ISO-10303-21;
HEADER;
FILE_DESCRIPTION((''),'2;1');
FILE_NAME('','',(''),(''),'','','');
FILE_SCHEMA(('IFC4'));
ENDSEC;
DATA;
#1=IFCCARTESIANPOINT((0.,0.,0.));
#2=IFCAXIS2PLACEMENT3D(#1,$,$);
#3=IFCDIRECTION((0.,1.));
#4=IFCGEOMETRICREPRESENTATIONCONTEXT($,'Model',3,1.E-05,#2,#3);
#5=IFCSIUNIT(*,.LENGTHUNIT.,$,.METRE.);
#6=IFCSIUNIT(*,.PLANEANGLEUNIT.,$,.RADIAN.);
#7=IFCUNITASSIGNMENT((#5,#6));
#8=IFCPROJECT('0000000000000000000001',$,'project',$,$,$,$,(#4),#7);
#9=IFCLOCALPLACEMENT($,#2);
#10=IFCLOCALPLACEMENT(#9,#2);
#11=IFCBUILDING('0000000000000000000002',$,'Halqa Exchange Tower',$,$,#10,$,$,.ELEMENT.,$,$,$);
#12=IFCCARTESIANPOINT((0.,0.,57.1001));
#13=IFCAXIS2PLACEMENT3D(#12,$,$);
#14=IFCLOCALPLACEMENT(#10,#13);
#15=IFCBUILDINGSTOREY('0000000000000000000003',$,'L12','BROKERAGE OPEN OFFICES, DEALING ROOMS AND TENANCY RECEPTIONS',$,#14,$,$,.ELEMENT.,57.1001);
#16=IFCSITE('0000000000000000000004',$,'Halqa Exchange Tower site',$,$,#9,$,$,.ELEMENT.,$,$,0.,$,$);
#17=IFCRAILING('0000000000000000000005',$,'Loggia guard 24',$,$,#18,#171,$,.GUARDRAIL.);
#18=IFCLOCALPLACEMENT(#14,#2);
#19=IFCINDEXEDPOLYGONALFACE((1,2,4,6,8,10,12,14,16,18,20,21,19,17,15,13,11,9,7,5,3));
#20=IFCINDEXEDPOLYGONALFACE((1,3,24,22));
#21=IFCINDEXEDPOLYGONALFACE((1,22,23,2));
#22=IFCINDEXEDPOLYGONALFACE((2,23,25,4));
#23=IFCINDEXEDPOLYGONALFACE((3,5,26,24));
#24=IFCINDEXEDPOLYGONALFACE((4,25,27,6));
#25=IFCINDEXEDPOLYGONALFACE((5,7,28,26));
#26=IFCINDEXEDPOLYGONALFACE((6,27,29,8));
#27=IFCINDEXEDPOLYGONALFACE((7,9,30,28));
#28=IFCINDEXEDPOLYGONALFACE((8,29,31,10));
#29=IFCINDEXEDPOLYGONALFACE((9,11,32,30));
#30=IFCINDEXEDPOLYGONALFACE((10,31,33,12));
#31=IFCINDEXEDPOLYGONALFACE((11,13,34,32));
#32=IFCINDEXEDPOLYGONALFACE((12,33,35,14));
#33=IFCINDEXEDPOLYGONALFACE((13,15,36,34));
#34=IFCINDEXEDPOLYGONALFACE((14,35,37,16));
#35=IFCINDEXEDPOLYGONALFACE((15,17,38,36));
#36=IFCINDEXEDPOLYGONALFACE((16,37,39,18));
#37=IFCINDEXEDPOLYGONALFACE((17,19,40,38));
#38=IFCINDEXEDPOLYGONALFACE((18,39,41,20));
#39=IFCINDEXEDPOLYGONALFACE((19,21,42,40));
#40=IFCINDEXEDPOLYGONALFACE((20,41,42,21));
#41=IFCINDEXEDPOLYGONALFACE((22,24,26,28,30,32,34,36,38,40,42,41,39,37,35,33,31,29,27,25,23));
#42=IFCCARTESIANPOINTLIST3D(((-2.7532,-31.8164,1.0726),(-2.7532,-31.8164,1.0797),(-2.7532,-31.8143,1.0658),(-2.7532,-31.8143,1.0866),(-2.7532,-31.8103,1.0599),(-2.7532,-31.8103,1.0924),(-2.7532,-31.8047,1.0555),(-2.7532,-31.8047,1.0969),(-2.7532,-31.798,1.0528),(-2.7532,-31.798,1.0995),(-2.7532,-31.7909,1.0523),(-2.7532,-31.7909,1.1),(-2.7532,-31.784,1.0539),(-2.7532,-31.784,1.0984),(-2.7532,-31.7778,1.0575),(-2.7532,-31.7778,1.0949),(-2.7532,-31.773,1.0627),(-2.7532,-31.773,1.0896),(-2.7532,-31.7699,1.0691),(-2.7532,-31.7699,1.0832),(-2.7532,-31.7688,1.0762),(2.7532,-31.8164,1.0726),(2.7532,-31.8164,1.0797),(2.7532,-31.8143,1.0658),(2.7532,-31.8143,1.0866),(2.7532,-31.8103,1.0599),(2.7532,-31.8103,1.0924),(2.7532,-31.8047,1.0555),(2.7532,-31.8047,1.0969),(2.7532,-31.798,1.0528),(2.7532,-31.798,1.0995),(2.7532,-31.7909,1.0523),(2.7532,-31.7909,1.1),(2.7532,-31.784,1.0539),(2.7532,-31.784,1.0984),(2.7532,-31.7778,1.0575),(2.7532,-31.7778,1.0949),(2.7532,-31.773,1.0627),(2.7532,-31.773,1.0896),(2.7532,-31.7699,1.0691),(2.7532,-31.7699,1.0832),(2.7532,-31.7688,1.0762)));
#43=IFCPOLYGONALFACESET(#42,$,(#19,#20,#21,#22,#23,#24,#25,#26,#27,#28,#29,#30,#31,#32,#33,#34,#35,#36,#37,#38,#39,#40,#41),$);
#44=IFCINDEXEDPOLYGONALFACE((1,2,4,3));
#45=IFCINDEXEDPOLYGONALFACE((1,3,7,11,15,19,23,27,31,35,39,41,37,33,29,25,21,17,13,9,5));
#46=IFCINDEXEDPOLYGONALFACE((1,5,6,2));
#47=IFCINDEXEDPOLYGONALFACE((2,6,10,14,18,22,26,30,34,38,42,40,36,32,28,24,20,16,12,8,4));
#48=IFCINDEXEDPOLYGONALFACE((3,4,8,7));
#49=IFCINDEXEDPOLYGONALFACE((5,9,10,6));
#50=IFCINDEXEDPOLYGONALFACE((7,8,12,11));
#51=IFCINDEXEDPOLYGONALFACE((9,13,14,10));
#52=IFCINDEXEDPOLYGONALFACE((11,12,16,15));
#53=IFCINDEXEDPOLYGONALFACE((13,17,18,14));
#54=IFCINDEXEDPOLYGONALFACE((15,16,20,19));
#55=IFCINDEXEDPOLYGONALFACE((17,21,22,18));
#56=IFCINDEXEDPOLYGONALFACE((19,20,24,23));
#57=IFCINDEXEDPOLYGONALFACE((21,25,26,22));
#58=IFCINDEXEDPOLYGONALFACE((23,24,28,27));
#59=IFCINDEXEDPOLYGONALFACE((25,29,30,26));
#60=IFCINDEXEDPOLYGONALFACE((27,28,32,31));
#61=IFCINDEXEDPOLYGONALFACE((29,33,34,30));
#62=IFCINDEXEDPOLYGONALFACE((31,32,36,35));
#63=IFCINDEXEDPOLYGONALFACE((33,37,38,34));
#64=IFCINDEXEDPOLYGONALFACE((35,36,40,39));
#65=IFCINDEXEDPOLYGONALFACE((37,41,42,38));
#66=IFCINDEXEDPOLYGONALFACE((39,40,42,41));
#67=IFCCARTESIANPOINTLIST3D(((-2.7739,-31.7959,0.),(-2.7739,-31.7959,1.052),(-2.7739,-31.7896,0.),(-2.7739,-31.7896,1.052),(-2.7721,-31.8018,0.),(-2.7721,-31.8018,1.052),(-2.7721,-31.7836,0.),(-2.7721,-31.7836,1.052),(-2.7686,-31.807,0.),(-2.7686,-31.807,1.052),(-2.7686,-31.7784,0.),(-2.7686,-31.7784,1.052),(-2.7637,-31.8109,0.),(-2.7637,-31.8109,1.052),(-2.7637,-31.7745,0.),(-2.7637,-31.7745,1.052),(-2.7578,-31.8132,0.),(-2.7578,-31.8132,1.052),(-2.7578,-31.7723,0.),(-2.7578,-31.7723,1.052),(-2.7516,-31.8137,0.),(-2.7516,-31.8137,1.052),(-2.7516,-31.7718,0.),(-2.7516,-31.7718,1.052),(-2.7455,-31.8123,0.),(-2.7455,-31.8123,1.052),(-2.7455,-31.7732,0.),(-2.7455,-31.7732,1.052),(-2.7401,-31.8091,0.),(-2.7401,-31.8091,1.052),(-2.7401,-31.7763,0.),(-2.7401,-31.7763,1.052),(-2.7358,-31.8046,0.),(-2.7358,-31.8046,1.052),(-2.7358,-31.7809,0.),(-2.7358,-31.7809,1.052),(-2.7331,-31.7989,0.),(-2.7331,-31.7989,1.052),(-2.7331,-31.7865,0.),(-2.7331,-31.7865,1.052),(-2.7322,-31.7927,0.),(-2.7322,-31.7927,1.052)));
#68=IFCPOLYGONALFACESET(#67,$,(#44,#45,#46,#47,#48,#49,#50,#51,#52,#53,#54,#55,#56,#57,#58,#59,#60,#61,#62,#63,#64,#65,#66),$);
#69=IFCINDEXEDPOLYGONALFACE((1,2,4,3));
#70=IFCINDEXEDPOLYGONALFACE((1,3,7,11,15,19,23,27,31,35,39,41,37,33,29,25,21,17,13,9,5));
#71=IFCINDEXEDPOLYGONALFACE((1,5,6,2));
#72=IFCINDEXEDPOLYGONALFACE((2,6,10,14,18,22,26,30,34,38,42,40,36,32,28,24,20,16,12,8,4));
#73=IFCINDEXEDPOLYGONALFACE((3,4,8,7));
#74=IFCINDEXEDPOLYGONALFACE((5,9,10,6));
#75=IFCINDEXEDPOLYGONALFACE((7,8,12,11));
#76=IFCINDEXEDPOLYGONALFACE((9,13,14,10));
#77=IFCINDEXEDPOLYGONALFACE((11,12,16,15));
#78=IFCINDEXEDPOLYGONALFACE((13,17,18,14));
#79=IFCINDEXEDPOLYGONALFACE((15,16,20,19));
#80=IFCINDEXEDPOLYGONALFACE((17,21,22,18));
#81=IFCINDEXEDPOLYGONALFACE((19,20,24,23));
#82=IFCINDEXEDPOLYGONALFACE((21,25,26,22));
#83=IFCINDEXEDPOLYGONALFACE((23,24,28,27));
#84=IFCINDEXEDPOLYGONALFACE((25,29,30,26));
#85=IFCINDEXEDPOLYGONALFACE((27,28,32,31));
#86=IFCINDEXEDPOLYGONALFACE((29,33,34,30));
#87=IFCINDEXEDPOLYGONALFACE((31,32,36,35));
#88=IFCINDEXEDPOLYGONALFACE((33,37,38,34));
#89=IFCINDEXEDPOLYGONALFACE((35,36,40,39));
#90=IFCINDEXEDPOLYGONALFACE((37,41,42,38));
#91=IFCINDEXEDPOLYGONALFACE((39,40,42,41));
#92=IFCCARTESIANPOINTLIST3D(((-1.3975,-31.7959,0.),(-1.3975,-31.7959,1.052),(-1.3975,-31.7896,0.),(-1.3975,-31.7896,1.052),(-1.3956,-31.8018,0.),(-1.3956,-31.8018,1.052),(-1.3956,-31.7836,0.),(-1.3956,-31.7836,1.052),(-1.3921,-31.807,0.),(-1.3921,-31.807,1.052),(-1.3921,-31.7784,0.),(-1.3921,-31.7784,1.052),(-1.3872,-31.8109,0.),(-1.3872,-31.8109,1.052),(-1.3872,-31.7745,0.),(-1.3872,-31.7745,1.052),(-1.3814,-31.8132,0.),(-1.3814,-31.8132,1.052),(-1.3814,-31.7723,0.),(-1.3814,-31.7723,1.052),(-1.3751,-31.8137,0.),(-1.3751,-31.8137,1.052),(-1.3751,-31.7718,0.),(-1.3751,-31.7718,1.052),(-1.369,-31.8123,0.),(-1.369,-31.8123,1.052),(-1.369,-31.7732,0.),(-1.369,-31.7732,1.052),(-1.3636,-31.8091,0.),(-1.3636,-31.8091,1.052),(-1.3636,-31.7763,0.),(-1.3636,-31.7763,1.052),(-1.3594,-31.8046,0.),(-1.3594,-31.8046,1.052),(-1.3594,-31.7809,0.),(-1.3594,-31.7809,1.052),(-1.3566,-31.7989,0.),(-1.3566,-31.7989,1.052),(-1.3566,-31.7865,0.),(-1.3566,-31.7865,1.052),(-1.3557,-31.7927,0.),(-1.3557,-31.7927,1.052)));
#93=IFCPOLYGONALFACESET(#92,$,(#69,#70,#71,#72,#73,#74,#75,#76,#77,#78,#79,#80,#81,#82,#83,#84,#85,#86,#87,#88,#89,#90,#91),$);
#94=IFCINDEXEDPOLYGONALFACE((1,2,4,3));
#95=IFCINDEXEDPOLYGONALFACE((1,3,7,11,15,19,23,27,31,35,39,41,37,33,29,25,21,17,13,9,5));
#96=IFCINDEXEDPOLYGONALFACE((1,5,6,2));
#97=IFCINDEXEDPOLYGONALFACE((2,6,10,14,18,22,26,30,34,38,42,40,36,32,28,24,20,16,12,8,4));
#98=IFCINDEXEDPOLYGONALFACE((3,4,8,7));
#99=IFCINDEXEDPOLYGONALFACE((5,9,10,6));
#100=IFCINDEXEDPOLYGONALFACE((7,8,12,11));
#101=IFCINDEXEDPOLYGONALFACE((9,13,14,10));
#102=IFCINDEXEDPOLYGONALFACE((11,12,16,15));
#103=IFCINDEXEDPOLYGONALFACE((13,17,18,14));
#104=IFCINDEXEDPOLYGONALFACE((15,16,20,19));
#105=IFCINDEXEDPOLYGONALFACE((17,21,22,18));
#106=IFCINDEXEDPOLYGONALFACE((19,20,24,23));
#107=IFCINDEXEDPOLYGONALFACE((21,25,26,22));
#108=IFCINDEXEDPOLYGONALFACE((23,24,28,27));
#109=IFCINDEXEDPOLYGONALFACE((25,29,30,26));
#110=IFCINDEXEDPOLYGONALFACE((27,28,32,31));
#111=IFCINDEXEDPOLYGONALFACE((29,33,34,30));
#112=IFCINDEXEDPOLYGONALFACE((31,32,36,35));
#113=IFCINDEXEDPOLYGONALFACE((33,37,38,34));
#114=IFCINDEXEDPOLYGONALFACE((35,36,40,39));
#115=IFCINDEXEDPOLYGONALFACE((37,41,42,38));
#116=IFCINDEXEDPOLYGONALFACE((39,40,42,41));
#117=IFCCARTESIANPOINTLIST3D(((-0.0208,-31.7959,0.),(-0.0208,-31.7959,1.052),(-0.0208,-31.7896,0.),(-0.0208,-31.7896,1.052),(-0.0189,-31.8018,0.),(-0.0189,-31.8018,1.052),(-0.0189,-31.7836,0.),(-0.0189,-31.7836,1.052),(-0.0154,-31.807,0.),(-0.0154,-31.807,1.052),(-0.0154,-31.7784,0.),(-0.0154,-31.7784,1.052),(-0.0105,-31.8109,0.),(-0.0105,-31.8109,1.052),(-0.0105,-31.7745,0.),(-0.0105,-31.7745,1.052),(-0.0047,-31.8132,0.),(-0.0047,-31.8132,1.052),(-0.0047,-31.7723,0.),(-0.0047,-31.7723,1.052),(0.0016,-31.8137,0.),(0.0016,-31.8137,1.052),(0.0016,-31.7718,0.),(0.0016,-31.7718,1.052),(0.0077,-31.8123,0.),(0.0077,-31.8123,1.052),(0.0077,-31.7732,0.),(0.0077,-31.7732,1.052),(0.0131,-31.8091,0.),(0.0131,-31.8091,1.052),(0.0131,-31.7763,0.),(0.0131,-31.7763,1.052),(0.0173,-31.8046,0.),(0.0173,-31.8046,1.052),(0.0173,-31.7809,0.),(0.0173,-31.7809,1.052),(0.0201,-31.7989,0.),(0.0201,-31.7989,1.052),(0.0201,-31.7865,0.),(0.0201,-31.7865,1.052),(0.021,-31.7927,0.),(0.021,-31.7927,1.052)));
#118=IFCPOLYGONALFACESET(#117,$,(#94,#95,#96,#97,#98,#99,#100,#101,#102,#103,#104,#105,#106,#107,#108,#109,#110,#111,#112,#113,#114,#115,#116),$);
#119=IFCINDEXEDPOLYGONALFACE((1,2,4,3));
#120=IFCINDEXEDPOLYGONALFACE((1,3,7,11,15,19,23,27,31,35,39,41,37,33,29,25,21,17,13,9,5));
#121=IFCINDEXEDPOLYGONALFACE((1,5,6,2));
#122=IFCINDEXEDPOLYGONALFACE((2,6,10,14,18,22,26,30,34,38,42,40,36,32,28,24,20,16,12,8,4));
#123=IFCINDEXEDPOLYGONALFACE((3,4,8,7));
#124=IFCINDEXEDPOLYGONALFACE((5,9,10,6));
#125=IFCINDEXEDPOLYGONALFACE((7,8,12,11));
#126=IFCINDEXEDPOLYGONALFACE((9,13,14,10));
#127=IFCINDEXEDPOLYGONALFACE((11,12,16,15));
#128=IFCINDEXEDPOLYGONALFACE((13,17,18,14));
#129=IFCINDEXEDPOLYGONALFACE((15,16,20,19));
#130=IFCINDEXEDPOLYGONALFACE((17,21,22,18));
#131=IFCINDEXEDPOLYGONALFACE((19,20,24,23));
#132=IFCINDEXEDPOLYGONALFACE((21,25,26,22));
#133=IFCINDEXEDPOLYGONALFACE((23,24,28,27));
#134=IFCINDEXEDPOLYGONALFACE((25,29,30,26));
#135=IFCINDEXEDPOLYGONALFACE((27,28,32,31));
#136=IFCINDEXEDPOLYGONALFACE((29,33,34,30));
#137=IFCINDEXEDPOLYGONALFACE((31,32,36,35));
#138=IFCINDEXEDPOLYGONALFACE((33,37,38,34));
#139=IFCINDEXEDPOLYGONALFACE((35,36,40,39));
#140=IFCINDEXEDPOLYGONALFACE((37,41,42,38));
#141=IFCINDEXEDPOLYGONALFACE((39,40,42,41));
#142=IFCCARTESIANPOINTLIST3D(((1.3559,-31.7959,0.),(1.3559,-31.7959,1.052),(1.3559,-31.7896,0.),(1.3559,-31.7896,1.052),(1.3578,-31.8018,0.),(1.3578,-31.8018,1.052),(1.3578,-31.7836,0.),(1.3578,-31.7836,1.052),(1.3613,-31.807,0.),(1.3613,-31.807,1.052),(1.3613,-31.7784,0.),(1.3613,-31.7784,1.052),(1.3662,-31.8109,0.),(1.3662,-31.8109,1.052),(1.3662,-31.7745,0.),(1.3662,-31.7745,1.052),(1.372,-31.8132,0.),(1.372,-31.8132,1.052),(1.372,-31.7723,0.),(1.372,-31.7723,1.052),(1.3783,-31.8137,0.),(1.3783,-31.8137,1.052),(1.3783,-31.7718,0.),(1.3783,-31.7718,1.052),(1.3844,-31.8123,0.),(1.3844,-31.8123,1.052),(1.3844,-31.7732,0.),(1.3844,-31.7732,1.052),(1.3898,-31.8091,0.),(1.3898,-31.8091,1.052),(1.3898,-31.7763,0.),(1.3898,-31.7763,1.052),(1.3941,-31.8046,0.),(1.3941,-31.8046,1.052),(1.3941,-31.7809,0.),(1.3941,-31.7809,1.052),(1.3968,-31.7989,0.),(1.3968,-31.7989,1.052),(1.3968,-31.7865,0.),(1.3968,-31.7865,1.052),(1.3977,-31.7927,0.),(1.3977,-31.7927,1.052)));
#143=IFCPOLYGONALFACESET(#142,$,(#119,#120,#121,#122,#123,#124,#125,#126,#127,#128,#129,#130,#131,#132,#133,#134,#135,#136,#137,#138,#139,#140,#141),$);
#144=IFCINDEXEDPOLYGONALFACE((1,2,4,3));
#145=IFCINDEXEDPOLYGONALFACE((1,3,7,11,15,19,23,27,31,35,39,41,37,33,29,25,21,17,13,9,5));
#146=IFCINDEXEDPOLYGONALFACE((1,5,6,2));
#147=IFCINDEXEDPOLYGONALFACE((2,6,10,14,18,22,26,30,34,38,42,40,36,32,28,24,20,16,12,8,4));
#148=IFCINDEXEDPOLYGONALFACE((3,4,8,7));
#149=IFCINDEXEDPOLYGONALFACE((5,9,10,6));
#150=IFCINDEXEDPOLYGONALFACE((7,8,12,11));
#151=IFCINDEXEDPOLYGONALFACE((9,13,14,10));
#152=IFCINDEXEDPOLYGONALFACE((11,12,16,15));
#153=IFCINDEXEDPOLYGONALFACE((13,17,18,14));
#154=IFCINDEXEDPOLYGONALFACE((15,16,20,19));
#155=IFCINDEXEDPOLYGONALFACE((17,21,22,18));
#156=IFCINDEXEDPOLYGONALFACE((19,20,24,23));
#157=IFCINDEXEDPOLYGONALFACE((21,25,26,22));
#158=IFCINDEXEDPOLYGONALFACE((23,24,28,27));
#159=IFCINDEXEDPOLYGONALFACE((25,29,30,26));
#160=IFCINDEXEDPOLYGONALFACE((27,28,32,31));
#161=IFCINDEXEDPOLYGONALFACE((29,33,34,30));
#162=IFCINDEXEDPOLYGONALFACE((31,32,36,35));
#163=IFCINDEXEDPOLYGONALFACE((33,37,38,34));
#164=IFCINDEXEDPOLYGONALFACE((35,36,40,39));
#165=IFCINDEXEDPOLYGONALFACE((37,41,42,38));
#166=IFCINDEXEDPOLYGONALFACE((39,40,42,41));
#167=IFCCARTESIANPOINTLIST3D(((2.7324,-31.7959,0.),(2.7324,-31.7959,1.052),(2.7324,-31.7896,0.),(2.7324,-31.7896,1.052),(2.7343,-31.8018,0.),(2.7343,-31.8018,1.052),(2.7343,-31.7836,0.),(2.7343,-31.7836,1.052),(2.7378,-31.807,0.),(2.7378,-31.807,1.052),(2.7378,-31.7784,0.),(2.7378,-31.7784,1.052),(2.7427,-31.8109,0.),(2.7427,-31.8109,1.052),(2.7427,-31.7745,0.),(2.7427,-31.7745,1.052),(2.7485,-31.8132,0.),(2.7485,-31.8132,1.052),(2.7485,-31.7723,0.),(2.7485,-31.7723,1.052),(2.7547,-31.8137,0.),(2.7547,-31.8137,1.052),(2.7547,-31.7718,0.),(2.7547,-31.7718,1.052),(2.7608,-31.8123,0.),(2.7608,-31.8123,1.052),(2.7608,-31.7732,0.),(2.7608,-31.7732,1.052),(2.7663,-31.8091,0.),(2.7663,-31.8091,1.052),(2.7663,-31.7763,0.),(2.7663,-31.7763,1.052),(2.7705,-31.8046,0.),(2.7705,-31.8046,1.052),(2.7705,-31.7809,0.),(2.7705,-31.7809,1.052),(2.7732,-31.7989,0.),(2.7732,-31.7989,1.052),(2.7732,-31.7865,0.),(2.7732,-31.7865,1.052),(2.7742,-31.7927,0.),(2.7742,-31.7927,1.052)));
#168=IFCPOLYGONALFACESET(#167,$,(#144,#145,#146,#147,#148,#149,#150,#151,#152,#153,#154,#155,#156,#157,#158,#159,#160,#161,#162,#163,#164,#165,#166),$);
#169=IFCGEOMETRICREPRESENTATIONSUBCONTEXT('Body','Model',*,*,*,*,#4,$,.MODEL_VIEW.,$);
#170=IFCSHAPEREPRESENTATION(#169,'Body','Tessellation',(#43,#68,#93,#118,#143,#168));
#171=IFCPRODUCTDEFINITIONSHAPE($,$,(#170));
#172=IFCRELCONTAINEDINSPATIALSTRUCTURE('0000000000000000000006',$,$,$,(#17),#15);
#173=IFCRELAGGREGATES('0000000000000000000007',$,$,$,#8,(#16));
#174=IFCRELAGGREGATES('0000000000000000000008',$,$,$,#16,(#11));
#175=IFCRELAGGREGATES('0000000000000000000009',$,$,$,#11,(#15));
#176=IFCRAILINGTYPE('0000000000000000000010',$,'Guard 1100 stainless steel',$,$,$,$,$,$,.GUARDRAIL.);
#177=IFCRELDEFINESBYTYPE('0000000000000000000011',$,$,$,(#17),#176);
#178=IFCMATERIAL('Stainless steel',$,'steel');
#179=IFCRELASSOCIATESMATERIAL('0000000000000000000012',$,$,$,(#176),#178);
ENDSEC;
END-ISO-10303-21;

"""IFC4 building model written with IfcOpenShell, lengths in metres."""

from ifc_helpers import new_model, si_unit, direction, frame, origin, origin_2d, place, context, subcontext, project, spatial, circle, extrude, material, type_object, element, save


model = new_model("IFC4")

# Units and contexts
model_context = context("Model", 3, precision=1e-05, world=origin(), true_north=direction((0.0, 1.0)))
body_context = subcontext(model_context, "Body", "Model", "MODEL_VIEW")
ifc_project = project(units=[si_unit("LENGTHUNIT", "METRE"), si_unit("PLANEANGLEUNIT", "RADIAN")], contexts=[model_context])

# Site, building, storey
site_placement = place(None, origin())
site = spatial("IfcSite", under=ifc_project, at=site_placement, Name="Halqa Exchange Tower site", CompositionType="ELEMENT", RefElevation=0.0)
building_placement = place(site_placement, origin())
building = spatial("IfcBuilding", under=site, at=building_placement, Name="Halqa Exchange Tower", CompositionType="ELEMENT")
storey_placement = place(building_placement, frame((0.0, 0.0, 57.1001)))
storey = spatial("IfcBuildingStorey", under=building, at=storey_placement, Name="L12", Description="BROKERAGE OPEN OFFICES, DEALING ROOMS AND TENANCY RECEPTIONS", CompositionType="ELEMENT", Elevation=57.1001)

# Railing
ifc_material_1 = material(Name="Stainless steel", Category="steel")
railing_type = type_object("IfcRailingType", Name="Guard 1100 stainless steel", PredefinedType="GUARDRAIL", material=ifc_material_1)
railing_1_placement = place(storey_placement, frame((-2.7532, -31.7927, 0.0)))
element("IfcRailing", 1, at=railing_1_placement, inside=storey, type_object=railing_type, Name="Loggia guard 24", PredefinedType="GUARDRAIL", context=body_context, shape_type="SweptSolid", body=[
    extrude(circle(Radius=0.0239, at=origin_2d()), frame((0.0, 0.0, 1.0762), z_axis=(1.0, 0.0, 0.0), x_axis=(0.0, 1.0, 0.0)), (0.0, 0.0, 1.0), 5.5063),
    extrude(circle(Radius=0.021, at=origin_2d()), origin(), (0.0, 0.0, 1.0), 1.052),
    extrude(circle(Radius=0.021, at=origin_2d()), frame((1.3765, 0.0, 0.0)), (0.0, 0.0, 1.0), 1.052),
    extrude(circle(Radius=0.021, at=origin_2d()), frame((2.7532, 0.0, 0.0)), (0.0, 0.0, 1.0), 1.052),
    extrude(circle(Radius=0.021, at=origin_2d()), frame((4.1299, 0.0, 0.0)), (0.0, 0.0, 1.0), 1.052),
    extrude(circle(Radius=0.021, at=origin_2d()), frame((5.5063, 0.0, 0.0)), (0.0, 0.0, 1.0), 1.052),
])

save(model, "model.ifc")
